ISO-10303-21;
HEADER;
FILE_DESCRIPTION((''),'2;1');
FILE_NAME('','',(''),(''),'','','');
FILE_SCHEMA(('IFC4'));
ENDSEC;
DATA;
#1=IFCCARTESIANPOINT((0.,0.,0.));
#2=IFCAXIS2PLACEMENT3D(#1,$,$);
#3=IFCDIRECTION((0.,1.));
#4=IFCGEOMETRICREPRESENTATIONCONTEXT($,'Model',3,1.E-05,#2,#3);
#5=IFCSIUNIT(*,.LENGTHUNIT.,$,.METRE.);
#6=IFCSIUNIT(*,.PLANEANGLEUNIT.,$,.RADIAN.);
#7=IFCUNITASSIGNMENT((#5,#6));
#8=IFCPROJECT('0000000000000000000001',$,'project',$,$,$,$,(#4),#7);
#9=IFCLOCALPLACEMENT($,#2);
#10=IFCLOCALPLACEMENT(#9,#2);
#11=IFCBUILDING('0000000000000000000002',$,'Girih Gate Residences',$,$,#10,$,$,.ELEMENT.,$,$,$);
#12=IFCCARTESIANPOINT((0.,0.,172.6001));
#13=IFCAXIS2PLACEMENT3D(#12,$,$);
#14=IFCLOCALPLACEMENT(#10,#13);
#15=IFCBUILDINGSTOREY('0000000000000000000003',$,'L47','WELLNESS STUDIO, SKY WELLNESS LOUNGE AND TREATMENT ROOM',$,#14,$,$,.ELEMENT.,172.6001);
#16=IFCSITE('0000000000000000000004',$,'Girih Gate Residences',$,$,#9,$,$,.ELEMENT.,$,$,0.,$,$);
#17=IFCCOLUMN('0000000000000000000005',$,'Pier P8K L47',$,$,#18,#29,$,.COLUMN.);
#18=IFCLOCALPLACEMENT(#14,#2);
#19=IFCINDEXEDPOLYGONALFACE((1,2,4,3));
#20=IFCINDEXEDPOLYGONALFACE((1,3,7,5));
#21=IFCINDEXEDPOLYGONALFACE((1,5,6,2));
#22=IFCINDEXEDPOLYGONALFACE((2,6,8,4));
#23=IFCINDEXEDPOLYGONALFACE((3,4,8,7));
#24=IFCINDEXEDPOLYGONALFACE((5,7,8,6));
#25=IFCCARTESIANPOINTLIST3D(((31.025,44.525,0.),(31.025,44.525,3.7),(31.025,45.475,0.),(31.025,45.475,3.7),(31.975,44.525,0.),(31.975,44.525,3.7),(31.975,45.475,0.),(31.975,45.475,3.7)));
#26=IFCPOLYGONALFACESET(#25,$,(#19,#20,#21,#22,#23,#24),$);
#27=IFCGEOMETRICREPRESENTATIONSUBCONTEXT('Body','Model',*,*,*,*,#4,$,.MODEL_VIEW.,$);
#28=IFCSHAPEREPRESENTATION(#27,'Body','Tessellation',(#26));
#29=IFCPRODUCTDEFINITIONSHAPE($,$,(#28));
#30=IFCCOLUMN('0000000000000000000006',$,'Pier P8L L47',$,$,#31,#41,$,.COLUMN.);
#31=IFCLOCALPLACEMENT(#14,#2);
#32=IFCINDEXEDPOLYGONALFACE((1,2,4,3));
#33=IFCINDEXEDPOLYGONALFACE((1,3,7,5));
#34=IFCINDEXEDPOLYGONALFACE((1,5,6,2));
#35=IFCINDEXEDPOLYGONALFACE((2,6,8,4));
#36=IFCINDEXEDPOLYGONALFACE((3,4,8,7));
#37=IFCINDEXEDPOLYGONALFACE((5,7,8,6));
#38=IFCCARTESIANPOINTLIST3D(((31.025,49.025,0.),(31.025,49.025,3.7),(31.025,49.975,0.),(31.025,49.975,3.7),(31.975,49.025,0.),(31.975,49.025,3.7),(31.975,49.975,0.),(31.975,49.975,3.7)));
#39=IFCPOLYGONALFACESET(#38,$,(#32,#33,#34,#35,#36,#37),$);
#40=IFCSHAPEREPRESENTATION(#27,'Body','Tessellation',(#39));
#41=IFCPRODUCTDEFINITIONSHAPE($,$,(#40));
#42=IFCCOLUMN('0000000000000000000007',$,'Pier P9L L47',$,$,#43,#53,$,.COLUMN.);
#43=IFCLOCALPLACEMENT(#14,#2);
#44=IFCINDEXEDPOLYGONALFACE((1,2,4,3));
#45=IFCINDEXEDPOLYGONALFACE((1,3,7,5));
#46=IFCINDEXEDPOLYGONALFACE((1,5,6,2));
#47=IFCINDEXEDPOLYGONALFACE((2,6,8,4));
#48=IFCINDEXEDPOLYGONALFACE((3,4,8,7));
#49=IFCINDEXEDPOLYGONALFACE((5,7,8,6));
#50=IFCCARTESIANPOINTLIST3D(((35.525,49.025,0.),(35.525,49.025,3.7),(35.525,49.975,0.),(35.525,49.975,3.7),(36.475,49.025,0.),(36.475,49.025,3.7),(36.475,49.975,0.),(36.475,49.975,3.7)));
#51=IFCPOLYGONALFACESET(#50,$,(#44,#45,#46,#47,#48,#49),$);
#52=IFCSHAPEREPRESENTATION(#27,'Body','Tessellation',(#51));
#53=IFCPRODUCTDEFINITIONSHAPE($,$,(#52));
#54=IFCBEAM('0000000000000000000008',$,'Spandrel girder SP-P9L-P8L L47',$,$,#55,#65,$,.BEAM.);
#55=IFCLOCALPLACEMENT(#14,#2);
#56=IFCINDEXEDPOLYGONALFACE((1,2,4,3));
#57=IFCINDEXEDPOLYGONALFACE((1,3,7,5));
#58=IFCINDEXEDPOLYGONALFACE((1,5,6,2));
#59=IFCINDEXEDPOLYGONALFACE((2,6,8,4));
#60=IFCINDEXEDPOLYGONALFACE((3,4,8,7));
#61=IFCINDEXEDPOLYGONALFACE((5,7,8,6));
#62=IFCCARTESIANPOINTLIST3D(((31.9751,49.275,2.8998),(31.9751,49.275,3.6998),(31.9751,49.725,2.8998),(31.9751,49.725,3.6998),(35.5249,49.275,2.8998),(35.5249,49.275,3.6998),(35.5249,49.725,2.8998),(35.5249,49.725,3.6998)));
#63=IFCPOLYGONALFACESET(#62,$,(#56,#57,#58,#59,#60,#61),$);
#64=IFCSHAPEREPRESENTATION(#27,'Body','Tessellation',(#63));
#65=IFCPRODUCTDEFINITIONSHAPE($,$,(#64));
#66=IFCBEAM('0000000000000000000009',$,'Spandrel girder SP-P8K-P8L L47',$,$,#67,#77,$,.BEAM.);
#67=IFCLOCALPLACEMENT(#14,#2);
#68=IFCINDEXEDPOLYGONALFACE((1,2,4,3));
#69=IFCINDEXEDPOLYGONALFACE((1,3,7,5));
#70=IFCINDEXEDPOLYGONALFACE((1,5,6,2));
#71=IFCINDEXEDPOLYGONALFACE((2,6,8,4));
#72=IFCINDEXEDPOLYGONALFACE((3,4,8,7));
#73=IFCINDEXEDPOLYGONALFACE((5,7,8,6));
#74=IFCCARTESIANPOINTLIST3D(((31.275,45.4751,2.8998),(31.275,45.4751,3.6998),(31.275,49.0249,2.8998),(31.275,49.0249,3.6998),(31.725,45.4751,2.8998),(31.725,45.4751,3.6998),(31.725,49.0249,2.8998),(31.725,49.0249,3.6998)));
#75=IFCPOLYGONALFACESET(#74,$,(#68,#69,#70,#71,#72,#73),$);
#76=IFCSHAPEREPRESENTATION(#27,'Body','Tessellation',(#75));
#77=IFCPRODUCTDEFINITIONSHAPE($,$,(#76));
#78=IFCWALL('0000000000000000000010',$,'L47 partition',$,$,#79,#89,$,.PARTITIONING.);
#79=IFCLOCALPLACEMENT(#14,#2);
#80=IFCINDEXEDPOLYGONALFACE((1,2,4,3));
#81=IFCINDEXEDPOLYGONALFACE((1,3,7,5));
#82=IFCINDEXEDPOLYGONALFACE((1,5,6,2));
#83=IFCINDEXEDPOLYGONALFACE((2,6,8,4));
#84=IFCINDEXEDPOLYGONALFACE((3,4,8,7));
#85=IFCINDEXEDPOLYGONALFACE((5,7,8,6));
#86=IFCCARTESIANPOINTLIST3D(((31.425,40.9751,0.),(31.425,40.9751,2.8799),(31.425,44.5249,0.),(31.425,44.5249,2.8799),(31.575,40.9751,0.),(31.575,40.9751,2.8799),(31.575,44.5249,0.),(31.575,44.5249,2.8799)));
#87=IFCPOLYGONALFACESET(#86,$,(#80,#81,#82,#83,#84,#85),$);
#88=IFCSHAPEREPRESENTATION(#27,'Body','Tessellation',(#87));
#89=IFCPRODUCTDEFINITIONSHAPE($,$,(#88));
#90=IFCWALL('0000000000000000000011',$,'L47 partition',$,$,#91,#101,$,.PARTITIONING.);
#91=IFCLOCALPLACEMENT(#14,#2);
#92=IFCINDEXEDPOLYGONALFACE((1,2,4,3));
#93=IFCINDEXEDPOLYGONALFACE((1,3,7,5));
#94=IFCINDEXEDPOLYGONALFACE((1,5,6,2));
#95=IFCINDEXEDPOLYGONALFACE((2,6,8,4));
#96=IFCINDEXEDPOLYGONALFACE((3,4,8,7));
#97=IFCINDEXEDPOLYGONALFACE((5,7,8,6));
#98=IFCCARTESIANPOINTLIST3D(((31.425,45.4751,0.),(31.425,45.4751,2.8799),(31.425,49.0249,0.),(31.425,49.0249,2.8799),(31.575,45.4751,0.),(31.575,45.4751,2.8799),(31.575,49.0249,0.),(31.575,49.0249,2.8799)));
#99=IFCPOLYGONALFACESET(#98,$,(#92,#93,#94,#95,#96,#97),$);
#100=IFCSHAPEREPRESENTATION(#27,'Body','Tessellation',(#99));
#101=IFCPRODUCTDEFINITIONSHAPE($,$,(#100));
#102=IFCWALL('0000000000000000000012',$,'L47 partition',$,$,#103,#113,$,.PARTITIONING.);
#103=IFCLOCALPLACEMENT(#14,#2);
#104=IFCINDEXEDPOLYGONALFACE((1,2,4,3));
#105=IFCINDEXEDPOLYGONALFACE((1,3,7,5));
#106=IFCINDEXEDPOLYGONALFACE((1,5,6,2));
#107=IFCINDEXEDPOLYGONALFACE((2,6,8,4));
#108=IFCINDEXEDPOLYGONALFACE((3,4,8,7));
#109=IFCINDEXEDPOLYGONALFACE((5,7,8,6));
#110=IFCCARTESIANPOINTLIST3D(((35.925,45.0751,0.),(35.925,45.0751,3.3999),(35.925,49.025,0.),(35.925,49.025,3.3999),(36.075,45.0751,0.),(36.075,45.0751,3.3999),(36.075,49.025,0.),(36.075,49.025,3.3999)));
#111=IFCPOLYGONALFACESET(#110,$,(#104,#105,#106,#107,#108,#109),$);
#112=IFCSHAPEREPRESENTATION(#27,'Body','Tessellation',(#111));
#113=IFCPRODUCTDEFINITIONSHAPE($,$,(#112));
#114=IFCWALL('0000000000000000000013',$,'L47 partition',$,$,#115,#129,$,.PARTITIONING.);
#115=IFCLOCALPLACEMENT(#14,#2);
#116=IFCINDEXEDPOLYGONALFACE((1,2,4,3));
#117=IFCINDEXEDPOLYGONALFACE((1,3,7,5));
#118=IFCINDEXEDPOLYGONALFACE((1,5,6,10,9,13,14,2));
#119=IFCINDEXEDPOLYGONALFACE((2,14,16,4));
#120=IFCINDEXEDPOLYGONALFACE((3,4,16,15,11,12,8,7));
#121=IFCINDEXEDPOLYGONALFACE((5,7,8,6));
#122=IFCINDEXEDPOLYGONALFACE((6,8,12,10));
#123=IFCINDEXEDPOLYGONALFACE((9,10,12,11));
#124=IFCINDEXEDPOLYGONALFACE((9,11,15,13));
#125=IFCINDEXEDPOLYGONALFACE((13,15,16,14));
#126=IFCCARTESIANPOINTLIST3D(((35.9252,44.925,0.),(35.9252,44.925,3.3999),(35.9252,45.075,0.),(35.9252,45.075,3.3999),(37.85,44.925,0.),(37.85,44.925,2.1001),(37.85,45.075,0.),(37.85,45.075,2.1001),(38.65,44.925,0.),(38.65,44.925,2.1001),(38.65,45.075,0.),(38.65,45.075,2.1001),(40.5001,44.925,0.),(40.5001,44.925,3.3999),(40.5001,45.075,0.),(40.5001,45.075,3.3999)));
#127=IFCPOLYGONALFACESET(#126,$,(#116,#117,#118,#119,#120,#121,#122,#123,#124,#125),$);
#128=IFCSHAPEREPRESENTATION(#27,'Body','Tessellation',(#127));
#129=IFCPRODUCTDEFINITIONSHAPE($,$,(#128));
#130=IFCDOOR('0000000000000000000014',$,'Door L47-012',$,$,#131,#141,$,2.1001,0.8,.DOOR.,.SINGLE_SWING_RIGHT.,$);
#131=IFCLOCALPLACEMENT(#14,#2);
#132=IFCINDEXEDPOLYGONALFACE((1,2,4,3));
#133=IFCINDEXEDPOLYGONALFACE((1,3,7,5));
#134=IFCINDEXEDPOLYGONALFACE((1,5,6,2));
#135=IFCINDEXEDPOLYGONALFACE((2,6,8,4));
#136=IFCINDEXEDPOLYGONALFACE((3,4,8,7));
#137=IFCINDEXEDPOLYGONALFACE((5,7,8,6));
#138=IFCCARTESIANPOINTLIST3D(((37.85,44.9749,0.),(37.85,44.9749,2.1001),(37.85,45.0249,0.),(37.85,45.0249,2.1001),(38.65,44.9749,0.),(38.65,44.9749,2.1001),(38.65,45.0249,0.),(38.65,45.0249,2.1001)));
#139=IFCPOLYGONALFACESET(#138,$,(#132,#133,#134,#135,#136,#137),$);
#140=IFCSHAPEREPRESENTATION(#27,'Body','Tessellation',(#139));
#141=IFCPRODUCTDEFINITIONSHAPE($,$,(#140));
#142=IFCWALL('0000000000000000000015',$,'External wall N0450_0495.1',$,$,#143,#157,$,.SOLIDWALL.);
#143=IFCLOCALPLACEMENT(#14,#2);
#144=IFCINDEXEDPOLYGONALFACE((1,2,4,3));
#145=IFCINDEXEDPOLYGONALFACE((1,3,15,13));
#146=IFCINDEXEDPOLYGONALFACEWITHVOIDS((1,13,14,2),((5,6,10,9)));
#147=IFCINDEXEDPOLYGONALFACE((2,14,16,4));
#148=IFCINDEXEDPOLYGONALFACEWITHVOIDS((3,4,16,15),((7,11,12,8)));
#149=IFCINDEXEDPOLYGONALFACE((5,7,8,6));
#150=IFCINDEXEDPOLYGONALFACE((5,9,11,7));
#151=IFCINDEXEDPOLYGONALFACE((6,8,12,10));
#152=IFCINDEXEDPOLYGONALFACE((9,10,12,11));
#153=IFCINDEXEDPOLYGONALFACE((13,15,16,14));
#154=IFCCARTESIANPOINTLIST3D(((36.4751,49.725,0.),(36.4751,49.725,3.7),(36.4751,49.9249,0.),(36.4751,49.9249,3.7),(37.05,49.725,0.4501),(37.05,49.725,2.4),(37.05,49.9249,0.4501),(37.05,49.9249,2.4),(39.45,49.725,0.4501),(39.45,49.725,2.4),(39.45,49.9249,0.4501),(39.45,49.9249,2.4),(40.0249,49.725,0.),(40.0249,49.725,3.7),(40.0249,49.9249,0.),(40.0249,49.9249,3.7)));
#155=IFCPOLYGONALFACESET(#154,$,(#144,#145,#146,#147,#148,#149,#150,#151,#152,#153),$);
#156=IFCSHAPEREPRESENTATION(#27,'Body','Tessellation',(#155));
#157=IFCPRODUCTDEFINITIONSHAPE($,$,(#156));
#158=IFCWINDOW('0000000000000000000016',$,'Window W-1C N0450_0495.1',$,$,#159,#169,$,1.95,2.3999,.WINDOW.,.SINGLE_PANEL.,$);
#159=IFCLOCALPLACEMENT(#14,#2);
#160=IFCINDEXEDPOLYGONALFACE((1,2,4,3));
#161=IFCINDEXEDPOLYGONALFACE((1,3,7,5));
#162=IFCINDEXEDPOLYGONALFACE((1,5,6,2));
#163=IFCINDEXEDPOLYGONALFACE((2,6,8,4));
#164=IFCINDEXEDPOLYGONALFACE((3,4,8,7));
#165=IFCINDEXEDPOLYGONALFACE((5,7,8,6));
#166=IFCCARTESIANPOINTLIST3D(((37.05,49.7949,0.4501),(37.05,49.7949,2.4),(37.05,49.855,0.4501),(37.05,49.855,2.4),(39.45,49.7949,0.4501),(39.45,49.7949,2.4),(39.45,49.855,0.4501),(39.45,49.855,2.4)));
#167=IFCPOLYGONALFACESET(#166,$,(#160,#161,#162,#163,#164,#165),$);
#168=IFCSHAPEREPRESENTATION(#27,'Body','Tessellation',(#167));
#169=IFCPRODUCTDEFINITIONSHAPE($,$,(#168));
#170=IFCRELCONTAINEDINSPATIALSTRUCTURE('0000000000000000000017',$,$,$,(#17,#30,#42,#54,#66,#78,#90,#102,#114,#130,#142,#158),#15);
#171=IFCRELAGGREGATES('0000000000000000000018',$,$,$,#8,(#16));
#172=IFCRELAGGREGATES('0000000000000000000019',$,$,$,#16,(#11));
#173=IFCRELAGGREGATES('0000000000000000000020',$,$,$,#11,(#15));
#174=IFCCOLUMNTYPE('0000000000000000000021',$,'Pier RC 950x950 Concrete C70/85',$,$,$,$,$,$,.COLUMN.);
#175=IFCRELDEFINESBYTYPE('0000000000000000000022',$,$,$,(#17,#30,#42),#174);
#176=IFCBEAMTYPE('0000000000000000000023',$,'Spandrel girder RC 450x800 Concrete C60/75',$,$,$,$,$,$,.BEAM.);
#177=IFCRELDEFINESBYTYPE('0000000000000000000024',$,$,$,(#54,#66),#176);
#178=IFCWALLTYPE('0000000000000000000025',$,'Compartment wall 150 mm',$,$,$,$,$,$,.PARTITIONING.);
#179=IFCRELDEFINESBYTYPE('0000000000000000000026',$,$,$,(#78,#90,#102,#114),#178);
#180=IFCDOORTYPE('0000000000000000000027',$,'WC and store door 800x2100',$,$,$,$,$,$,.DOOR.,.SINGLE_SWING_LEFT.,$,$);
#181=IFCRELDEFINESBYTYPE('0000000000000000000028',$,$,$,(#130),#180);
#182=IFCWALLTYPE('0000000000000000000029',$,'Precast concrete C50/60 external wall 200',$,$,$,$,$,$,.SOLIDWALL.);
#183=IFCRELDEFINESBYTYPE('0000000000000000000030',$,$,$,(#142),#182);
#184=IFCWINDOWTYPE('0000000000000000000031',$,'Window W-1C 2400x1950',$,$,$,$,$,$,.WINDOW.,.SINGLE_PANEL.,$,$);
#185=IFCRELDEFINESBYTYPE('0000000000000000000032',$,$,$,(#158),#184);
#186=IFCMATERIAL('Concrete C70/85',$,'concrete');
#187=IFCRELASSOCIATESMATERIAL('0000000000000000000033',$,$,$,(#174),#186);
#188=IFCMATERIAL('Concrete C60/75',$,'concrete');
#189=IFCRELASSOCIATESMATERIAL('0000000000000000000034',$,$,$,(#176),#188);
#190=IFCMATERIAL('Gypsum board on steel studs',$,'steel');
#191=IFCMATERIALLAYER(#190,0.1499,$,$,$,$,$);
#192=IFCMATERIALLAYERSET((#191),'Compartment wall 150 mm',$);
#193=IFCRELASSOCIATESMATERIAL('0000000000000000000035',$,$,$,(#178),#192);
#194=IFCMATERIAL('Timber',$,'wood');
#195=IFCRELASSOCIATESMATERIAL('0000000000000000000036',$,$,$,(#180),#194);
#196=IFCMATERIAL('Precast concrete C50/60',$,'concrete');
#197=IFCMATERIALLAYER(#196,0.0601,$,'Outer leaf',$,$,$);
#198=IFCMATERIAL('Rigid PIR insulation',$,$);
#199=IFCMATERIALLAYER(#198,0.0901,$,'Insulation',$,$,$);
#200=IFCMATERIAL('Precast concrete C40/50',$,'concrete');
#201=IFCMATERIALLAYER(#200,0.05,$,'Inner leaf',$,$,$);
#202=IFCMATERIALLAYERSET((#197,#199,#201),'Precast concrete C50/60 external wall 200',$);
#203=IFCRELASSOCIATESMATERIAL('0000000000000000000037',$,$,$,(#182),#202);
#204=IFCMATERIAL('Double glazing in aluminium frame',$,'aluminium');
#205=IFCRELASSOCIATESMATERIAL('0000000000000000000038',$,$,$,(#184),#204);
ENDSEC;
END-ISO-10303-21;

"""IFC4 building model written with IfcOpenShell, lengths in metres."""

from ifc_helpers import new_model, si_unit, direction, frame, frame_2d, origin, origin_2d, place, context, subcontext, project, spatial, rectangle, extrude, material, layer, layer_set, material_profile, profile_set, type_object, element, fill, save


model = new_model("IFC4")

# Units and contexts
model_context = context("Model", 3, precision=1e-05, world=origin(), true_north=direction((0.0, 1.0)))
body_context = subcontext(model_context, "Body", "Model", "MODEL_VIEW")
ifc_project = project(units=[si_unit("LENGTHUNIT", "METRE"), si_unit("PLANEANGLEUNIT", "RADIAN")], contexts=[model_context])

# Site, building, storey
site_placement = place(None, origin())
site = spatial("IfcSite", under=ifc_project, at=site_placement, Name="Girih Gate Residences", CompositionType="ELEMENT", RefElevation=0.0)
building_placement = place(site_placement, origin())
building = spatial("IfcBuilding", under=site, at=building_placement, Name="Girih Gate Residences", CompositionType="ELEMENT")
storey_placement = place(building_placement, frame((0.0, 0.0, 172.6001)))
storey = spatial("IfcBuildingStorey", under=building, at=storey_placement, Name="L47", Description="WELLNESS STUDIO, SKY WELLNESS LOUNGE AND TREATMENT ROOM", CompositionType="ELEMENT", Elevation=172.6001)

# Columns
ifc_material_1 = material(Name="Concrete C70/85", Category="concrete")
ifc_material_profile_1 = material_profile(ifc_material_1, rectangle(XDim=0.95, YDim=0.95, at=origin_2d()))
ifc_profile_set_1 = profile_set([ifc_material_profile_1], Name="Concrete C70/85")
column_type = type_object("IfcColumnType", Name="Pier RC 950x950 Concrete C70/85", PredefinedType="COLUMN", material=ifc_profile_set_1)
for number, where, z_axis, x_axis, name in (
    (1, (31.5, 45.0, 0.0), (0.0, 0.0, 1.0), (1.0, 0.0, 0.0), "Pier P8K L47"),
    (2, (31.5, 49.5, 0.0), (0.0, 0.0, 1.0), (1.0, 0.0, 0.0), "Pier P8L L47"),
    (3, (36.0, 49.5, 0.0), (0.0, 0.0, 1.0), (1.0, 0.0, 0.0), "Pier P9L L47"),
):
    element("IfcColumn", number, at=place(storey_placement, frame(where, z_axis=z_axis, x_axis=x_axis)), inside=storey, type_object=column_type, Name=name, PredefinedType="COLUMN", context=body_context, shape_type="SweptSolid", body=[
        extrude(rectangle(XDim=0.95, YDim=0.95, at=origin_2d()), origin(), (0.0, 0.0, 1.0), 3.7),
    ])

# Beams
ifc_material_2 = material(Name="Concrete C60/75", Category="concrete")
ifc_material_profile_2 = material_profile(ifc_material_2, rectangle(XDim=0.45, YDim=0.8, at=origin_2d()))
ifc_profile_set_2 = profile_set([ifc_material_profile_2], Name="Concrete C60/75")
beam_type = type_object("IfcBeamType", Name="Spandrel girder RC 450x800 Concrete C60/75", PredefinedType="BEAM", material=ifc_profile_set_2)
for number, where, z_axis, x_axis, name in (
    (4, (35.5249, 49.5, 3.2998), (-1.0, 0.0, 0.0), (0.0, -1.0, 0.0), "Spandrel girder SP-P9L-P8L L47"),
    (5, (31.5, 45.4751, 3.2998), (0.0, 1.0, 0.0), (-1.0, 0.0, 0.0), "Spandrel girder SP-P8K-P8L L47"),
):
    element("IfcBeam", number, at=place(storey_placement, frame(where, z_axis=z_axis, x_axis=x_axis)), inside=storey, type_object=beam_type, Name=name, PredefinedType="BEAM", context=body_context, shape_type="SweptSolid", body=[
        extrude(rectangle(XDim=0.45, YDim=0.8, at=origin_2d()), origin(), (0.0, 0.0, 1.0), 3.5498),
    ])

# Walls
ifc_material_3 = material(Name="Gypsum board on steel studs", Category="steel")
ifc_layer_1 = layer(ifc_material_3, 0.1499)
ifc_layer_set_1 = layer_set([ifc_layer_1], Name="Compartment wall 150 mm")
wall_type_1 = type_object("IfcWallType", Name="Compartment wall 150 mm", PredefinedType="PARTITIONING", material=ifc_layer_set_1)
for number, where, z_axis, x_axis, name in (
    (6, (31.5, 40.9751, 0.0), (0.0, 0.0, 1.0), (0.0, 1.0, 0.0), "L47 partition"),
    (7, (31.5, 45.4751, 0.0), (0.0, 0.0, 1.0), (0.0, 1.0, 0.0), "L47 partition"),
):
    element("IfcWall", number, at=place(storey_placement, frame(where, z_axis=z_axis, x_axis=x_axis)), inside=storey, type_object=wall_type_1, Name=name, PredefinedType="PARTITIONING", context=body_context, shape_type="SweptSolid", body=[
        extrude(rectangle(XDim=3.5498, YDim=0.1499, at=frame_2d((1.7749, 0.0))), origin(), (0.0, 0.0, 1.0), 2.8799),
    ])
wall_1_placement = place(storey_placement, frame((36.0, 45.075, 0.0), z_axis=(0.0, 0.0, 1.0), x_axis=(0.0, 1.0, 0.0)))
element("IfcWall", 8, at=wall_1_placement, inside=storey, type_object=wall_type_1, Name="L47 partition", PredefinedType="PARTITIONING", context=body_context, shape_type="SweptSolid", body=[
    extrude(rectangle(XDim=3.95, YDim=0.1499, at=frame_2d((1.9751, 0.0))), origin(), (0.0, 0.0, 1.0), 3.3999),
])

# Wall, opening, door
wall_2_placement = place(storey_placement, frame((35.925, 45.0, 0.0), z_axis=(0.0, 0.0, 1.0), x_axis=(1.0, 0.0, 0.0)))
wall_2 = element("IfcWall", 9, at=wall_2_placement, inside=storey, type_object=wall_type_1, Name="L47 partition", PredefinedType="PARTITIONING", context=body_context, shape_type="SweptSolid", body=[
    extrude(rectangle(XDim=4.575, YDim=0.1499, at=frame_2d((2.2876, 0.0))), origin(), (0.0, 0.0, 1.0), 3.3999),
])
opening_1_placement = place(wall_2_placement, frame((1.925, 0.0, 0.0)))
opening_1 = element("IfcOpeningElement", 10, at=opening_1_placement, cuts=wall_2, PredefinedType="OPENING", context=body_context, shape_type="SweptSolid", body=[
    extrude(rectangle(XDim=0.8, YDim=2.1001, at=frame_2d((0.3999, 1.05))), frame((0.0, 0.085, 0.0), z_axis=(0.0, -1.0, 0.0), x_axis=(1.0, 0.0, 0.0)), (0.0, 0.0, 1.0), 0.1699),
])
ifc_material_4 = material(Name="Timber", Category="wood")
door_type = type_object("IfcDoorType", Name="WC and store door 800x2100", OperationType="SINGLE_SWING_LEFT", PredefinedType="DOOR", material=ifc_material_4)
door_placement = place(opening_1_placement, origin())
door = element("IfcDoor", 11, at=door_placement, inside=storey, type_object=door_type, Name="Door L47-012", OperationType="SINGLE_SWING_RIGHT", OverallHeight=2.1001, OverallWidth=0.8, PredefinedType="DOOR", context=body_context, shape_type="SweptSolid", body=[
    extrude(rectangle(XDim=0.8, YDim=2.1001, at=frame_2d((0.3999, 1.05))), frame((0.0, 0.0249, 0.0), z_axis=(0.0, -1.0, 0.0), x_axis=(1.0, 0.0, 0.0)), (0.0, 0.0, 1.0), 0.05),
])
fill(opening_1, door)

# Wall, opening, window
ifc_material_5 = material(Name="Precast concrete C50/60", Category="concrete")
ifc_layer_2 = layer(ifc_material_5, 0.0601, Name="Outer leaf")
ifc_material_6 = material(Name="Rigid PIR insulation")
ifc_layer_3 = layer(ifc_material_6, 0.0901, Name="Insulation")
ifc_material_7 = material(Name="Precast concrete C40/50", Category="concrete")
ifc_layer_4 = layer(ifc_material_7, 0.05, Name="Inner leaf")
ifc_layer_set_2 = layer_set([ifc_layer_2, ifc_layer_3, ifc_layer_4], Name="Precast concrete C50/60 external wall 200")
wall_type_2 = type_object("IfcWallType", Name="Precast concrete C50/60 external wall 200", PredefinedType="SOLIDWALL", material=ifc_layer_set_2)
wall_3_placement = place(storey_placement, frame((36.4751, 49.825, 0.0), z_axis=(0.0, 0.0, 1.0), x_axis=(1.0, 0.0, 0.0)))
wall_3 = element("IfcWall", 12, at=wall_3_placement, inside=storey, type_object=wall_type_2, Name="External wall N0450_0495.1", PredefinedType="SOLIDWALL", context=body_context, shape_type="SweptSolid", body=[
    extrude(rectangle(XDim=3.5498, YDim=0.2, at=frame_2d((1.7749, 0.0))), origin(), (0.0, 0.0, 1.0), 3.7),
])
opening_2_placement = place(wall_3_placement, frame((0.575, 0.0, 0.45)))
opening_2 = element("IfcOpeningElement", 13, at=opening_2_placement, cuts=wall_3, PredefinedType="OPENING", context=body_context, shape_type="SweptSolid", body=[
    extrude(rectangle(XDim=2.3999, YDim=1.95, at=frame_2d((1.2, 0.9751))), frame((0.0, 0.1099, 0.0), z_axis=(0.0, -1.0, 0.0), x_axis=(1.0, 0.0, 0.0)), (0.0, 0.0, 1.0), 0.22),
])
ifc_material_8 = material(Name="Double glazing in aluminium frame", Category="aluminium")
window_type = type_object("IfcWindowType", Name="Window W-1C 2400x1950", PartitioningType="SINGLE_PANEL", PredefinedType="WINDOW", material=ifc_material_8)
window_1_placement = place(opening_2_placement, origin())
window_1 = element("IfcWindow", 14, at=window_1_placement, inside=storey, type_object=window_type, Name="Window W-1C N0450_0495.1", OverallHeight=1.95, OverallWidth=2.3999, PartitioningType="SINGLE_PANEL", PredefinedType="WINDOW", context=body_context, shape_type="SweptSolid", body=[
    extrude(rectangle(XDim=2.3999, YDim=1.95, at=frame_2d((1.2, 0.9751))), frame((0.0, 0.03, 0.0), z_axis=(0.0, -1.0, 0.0), x_axis=(1.0, 0.0, 0.0)), (0.0, 0.0, 1.0), 0.0601),
])
fill(opening_2, window_1)

save(model, "model.ifc")
